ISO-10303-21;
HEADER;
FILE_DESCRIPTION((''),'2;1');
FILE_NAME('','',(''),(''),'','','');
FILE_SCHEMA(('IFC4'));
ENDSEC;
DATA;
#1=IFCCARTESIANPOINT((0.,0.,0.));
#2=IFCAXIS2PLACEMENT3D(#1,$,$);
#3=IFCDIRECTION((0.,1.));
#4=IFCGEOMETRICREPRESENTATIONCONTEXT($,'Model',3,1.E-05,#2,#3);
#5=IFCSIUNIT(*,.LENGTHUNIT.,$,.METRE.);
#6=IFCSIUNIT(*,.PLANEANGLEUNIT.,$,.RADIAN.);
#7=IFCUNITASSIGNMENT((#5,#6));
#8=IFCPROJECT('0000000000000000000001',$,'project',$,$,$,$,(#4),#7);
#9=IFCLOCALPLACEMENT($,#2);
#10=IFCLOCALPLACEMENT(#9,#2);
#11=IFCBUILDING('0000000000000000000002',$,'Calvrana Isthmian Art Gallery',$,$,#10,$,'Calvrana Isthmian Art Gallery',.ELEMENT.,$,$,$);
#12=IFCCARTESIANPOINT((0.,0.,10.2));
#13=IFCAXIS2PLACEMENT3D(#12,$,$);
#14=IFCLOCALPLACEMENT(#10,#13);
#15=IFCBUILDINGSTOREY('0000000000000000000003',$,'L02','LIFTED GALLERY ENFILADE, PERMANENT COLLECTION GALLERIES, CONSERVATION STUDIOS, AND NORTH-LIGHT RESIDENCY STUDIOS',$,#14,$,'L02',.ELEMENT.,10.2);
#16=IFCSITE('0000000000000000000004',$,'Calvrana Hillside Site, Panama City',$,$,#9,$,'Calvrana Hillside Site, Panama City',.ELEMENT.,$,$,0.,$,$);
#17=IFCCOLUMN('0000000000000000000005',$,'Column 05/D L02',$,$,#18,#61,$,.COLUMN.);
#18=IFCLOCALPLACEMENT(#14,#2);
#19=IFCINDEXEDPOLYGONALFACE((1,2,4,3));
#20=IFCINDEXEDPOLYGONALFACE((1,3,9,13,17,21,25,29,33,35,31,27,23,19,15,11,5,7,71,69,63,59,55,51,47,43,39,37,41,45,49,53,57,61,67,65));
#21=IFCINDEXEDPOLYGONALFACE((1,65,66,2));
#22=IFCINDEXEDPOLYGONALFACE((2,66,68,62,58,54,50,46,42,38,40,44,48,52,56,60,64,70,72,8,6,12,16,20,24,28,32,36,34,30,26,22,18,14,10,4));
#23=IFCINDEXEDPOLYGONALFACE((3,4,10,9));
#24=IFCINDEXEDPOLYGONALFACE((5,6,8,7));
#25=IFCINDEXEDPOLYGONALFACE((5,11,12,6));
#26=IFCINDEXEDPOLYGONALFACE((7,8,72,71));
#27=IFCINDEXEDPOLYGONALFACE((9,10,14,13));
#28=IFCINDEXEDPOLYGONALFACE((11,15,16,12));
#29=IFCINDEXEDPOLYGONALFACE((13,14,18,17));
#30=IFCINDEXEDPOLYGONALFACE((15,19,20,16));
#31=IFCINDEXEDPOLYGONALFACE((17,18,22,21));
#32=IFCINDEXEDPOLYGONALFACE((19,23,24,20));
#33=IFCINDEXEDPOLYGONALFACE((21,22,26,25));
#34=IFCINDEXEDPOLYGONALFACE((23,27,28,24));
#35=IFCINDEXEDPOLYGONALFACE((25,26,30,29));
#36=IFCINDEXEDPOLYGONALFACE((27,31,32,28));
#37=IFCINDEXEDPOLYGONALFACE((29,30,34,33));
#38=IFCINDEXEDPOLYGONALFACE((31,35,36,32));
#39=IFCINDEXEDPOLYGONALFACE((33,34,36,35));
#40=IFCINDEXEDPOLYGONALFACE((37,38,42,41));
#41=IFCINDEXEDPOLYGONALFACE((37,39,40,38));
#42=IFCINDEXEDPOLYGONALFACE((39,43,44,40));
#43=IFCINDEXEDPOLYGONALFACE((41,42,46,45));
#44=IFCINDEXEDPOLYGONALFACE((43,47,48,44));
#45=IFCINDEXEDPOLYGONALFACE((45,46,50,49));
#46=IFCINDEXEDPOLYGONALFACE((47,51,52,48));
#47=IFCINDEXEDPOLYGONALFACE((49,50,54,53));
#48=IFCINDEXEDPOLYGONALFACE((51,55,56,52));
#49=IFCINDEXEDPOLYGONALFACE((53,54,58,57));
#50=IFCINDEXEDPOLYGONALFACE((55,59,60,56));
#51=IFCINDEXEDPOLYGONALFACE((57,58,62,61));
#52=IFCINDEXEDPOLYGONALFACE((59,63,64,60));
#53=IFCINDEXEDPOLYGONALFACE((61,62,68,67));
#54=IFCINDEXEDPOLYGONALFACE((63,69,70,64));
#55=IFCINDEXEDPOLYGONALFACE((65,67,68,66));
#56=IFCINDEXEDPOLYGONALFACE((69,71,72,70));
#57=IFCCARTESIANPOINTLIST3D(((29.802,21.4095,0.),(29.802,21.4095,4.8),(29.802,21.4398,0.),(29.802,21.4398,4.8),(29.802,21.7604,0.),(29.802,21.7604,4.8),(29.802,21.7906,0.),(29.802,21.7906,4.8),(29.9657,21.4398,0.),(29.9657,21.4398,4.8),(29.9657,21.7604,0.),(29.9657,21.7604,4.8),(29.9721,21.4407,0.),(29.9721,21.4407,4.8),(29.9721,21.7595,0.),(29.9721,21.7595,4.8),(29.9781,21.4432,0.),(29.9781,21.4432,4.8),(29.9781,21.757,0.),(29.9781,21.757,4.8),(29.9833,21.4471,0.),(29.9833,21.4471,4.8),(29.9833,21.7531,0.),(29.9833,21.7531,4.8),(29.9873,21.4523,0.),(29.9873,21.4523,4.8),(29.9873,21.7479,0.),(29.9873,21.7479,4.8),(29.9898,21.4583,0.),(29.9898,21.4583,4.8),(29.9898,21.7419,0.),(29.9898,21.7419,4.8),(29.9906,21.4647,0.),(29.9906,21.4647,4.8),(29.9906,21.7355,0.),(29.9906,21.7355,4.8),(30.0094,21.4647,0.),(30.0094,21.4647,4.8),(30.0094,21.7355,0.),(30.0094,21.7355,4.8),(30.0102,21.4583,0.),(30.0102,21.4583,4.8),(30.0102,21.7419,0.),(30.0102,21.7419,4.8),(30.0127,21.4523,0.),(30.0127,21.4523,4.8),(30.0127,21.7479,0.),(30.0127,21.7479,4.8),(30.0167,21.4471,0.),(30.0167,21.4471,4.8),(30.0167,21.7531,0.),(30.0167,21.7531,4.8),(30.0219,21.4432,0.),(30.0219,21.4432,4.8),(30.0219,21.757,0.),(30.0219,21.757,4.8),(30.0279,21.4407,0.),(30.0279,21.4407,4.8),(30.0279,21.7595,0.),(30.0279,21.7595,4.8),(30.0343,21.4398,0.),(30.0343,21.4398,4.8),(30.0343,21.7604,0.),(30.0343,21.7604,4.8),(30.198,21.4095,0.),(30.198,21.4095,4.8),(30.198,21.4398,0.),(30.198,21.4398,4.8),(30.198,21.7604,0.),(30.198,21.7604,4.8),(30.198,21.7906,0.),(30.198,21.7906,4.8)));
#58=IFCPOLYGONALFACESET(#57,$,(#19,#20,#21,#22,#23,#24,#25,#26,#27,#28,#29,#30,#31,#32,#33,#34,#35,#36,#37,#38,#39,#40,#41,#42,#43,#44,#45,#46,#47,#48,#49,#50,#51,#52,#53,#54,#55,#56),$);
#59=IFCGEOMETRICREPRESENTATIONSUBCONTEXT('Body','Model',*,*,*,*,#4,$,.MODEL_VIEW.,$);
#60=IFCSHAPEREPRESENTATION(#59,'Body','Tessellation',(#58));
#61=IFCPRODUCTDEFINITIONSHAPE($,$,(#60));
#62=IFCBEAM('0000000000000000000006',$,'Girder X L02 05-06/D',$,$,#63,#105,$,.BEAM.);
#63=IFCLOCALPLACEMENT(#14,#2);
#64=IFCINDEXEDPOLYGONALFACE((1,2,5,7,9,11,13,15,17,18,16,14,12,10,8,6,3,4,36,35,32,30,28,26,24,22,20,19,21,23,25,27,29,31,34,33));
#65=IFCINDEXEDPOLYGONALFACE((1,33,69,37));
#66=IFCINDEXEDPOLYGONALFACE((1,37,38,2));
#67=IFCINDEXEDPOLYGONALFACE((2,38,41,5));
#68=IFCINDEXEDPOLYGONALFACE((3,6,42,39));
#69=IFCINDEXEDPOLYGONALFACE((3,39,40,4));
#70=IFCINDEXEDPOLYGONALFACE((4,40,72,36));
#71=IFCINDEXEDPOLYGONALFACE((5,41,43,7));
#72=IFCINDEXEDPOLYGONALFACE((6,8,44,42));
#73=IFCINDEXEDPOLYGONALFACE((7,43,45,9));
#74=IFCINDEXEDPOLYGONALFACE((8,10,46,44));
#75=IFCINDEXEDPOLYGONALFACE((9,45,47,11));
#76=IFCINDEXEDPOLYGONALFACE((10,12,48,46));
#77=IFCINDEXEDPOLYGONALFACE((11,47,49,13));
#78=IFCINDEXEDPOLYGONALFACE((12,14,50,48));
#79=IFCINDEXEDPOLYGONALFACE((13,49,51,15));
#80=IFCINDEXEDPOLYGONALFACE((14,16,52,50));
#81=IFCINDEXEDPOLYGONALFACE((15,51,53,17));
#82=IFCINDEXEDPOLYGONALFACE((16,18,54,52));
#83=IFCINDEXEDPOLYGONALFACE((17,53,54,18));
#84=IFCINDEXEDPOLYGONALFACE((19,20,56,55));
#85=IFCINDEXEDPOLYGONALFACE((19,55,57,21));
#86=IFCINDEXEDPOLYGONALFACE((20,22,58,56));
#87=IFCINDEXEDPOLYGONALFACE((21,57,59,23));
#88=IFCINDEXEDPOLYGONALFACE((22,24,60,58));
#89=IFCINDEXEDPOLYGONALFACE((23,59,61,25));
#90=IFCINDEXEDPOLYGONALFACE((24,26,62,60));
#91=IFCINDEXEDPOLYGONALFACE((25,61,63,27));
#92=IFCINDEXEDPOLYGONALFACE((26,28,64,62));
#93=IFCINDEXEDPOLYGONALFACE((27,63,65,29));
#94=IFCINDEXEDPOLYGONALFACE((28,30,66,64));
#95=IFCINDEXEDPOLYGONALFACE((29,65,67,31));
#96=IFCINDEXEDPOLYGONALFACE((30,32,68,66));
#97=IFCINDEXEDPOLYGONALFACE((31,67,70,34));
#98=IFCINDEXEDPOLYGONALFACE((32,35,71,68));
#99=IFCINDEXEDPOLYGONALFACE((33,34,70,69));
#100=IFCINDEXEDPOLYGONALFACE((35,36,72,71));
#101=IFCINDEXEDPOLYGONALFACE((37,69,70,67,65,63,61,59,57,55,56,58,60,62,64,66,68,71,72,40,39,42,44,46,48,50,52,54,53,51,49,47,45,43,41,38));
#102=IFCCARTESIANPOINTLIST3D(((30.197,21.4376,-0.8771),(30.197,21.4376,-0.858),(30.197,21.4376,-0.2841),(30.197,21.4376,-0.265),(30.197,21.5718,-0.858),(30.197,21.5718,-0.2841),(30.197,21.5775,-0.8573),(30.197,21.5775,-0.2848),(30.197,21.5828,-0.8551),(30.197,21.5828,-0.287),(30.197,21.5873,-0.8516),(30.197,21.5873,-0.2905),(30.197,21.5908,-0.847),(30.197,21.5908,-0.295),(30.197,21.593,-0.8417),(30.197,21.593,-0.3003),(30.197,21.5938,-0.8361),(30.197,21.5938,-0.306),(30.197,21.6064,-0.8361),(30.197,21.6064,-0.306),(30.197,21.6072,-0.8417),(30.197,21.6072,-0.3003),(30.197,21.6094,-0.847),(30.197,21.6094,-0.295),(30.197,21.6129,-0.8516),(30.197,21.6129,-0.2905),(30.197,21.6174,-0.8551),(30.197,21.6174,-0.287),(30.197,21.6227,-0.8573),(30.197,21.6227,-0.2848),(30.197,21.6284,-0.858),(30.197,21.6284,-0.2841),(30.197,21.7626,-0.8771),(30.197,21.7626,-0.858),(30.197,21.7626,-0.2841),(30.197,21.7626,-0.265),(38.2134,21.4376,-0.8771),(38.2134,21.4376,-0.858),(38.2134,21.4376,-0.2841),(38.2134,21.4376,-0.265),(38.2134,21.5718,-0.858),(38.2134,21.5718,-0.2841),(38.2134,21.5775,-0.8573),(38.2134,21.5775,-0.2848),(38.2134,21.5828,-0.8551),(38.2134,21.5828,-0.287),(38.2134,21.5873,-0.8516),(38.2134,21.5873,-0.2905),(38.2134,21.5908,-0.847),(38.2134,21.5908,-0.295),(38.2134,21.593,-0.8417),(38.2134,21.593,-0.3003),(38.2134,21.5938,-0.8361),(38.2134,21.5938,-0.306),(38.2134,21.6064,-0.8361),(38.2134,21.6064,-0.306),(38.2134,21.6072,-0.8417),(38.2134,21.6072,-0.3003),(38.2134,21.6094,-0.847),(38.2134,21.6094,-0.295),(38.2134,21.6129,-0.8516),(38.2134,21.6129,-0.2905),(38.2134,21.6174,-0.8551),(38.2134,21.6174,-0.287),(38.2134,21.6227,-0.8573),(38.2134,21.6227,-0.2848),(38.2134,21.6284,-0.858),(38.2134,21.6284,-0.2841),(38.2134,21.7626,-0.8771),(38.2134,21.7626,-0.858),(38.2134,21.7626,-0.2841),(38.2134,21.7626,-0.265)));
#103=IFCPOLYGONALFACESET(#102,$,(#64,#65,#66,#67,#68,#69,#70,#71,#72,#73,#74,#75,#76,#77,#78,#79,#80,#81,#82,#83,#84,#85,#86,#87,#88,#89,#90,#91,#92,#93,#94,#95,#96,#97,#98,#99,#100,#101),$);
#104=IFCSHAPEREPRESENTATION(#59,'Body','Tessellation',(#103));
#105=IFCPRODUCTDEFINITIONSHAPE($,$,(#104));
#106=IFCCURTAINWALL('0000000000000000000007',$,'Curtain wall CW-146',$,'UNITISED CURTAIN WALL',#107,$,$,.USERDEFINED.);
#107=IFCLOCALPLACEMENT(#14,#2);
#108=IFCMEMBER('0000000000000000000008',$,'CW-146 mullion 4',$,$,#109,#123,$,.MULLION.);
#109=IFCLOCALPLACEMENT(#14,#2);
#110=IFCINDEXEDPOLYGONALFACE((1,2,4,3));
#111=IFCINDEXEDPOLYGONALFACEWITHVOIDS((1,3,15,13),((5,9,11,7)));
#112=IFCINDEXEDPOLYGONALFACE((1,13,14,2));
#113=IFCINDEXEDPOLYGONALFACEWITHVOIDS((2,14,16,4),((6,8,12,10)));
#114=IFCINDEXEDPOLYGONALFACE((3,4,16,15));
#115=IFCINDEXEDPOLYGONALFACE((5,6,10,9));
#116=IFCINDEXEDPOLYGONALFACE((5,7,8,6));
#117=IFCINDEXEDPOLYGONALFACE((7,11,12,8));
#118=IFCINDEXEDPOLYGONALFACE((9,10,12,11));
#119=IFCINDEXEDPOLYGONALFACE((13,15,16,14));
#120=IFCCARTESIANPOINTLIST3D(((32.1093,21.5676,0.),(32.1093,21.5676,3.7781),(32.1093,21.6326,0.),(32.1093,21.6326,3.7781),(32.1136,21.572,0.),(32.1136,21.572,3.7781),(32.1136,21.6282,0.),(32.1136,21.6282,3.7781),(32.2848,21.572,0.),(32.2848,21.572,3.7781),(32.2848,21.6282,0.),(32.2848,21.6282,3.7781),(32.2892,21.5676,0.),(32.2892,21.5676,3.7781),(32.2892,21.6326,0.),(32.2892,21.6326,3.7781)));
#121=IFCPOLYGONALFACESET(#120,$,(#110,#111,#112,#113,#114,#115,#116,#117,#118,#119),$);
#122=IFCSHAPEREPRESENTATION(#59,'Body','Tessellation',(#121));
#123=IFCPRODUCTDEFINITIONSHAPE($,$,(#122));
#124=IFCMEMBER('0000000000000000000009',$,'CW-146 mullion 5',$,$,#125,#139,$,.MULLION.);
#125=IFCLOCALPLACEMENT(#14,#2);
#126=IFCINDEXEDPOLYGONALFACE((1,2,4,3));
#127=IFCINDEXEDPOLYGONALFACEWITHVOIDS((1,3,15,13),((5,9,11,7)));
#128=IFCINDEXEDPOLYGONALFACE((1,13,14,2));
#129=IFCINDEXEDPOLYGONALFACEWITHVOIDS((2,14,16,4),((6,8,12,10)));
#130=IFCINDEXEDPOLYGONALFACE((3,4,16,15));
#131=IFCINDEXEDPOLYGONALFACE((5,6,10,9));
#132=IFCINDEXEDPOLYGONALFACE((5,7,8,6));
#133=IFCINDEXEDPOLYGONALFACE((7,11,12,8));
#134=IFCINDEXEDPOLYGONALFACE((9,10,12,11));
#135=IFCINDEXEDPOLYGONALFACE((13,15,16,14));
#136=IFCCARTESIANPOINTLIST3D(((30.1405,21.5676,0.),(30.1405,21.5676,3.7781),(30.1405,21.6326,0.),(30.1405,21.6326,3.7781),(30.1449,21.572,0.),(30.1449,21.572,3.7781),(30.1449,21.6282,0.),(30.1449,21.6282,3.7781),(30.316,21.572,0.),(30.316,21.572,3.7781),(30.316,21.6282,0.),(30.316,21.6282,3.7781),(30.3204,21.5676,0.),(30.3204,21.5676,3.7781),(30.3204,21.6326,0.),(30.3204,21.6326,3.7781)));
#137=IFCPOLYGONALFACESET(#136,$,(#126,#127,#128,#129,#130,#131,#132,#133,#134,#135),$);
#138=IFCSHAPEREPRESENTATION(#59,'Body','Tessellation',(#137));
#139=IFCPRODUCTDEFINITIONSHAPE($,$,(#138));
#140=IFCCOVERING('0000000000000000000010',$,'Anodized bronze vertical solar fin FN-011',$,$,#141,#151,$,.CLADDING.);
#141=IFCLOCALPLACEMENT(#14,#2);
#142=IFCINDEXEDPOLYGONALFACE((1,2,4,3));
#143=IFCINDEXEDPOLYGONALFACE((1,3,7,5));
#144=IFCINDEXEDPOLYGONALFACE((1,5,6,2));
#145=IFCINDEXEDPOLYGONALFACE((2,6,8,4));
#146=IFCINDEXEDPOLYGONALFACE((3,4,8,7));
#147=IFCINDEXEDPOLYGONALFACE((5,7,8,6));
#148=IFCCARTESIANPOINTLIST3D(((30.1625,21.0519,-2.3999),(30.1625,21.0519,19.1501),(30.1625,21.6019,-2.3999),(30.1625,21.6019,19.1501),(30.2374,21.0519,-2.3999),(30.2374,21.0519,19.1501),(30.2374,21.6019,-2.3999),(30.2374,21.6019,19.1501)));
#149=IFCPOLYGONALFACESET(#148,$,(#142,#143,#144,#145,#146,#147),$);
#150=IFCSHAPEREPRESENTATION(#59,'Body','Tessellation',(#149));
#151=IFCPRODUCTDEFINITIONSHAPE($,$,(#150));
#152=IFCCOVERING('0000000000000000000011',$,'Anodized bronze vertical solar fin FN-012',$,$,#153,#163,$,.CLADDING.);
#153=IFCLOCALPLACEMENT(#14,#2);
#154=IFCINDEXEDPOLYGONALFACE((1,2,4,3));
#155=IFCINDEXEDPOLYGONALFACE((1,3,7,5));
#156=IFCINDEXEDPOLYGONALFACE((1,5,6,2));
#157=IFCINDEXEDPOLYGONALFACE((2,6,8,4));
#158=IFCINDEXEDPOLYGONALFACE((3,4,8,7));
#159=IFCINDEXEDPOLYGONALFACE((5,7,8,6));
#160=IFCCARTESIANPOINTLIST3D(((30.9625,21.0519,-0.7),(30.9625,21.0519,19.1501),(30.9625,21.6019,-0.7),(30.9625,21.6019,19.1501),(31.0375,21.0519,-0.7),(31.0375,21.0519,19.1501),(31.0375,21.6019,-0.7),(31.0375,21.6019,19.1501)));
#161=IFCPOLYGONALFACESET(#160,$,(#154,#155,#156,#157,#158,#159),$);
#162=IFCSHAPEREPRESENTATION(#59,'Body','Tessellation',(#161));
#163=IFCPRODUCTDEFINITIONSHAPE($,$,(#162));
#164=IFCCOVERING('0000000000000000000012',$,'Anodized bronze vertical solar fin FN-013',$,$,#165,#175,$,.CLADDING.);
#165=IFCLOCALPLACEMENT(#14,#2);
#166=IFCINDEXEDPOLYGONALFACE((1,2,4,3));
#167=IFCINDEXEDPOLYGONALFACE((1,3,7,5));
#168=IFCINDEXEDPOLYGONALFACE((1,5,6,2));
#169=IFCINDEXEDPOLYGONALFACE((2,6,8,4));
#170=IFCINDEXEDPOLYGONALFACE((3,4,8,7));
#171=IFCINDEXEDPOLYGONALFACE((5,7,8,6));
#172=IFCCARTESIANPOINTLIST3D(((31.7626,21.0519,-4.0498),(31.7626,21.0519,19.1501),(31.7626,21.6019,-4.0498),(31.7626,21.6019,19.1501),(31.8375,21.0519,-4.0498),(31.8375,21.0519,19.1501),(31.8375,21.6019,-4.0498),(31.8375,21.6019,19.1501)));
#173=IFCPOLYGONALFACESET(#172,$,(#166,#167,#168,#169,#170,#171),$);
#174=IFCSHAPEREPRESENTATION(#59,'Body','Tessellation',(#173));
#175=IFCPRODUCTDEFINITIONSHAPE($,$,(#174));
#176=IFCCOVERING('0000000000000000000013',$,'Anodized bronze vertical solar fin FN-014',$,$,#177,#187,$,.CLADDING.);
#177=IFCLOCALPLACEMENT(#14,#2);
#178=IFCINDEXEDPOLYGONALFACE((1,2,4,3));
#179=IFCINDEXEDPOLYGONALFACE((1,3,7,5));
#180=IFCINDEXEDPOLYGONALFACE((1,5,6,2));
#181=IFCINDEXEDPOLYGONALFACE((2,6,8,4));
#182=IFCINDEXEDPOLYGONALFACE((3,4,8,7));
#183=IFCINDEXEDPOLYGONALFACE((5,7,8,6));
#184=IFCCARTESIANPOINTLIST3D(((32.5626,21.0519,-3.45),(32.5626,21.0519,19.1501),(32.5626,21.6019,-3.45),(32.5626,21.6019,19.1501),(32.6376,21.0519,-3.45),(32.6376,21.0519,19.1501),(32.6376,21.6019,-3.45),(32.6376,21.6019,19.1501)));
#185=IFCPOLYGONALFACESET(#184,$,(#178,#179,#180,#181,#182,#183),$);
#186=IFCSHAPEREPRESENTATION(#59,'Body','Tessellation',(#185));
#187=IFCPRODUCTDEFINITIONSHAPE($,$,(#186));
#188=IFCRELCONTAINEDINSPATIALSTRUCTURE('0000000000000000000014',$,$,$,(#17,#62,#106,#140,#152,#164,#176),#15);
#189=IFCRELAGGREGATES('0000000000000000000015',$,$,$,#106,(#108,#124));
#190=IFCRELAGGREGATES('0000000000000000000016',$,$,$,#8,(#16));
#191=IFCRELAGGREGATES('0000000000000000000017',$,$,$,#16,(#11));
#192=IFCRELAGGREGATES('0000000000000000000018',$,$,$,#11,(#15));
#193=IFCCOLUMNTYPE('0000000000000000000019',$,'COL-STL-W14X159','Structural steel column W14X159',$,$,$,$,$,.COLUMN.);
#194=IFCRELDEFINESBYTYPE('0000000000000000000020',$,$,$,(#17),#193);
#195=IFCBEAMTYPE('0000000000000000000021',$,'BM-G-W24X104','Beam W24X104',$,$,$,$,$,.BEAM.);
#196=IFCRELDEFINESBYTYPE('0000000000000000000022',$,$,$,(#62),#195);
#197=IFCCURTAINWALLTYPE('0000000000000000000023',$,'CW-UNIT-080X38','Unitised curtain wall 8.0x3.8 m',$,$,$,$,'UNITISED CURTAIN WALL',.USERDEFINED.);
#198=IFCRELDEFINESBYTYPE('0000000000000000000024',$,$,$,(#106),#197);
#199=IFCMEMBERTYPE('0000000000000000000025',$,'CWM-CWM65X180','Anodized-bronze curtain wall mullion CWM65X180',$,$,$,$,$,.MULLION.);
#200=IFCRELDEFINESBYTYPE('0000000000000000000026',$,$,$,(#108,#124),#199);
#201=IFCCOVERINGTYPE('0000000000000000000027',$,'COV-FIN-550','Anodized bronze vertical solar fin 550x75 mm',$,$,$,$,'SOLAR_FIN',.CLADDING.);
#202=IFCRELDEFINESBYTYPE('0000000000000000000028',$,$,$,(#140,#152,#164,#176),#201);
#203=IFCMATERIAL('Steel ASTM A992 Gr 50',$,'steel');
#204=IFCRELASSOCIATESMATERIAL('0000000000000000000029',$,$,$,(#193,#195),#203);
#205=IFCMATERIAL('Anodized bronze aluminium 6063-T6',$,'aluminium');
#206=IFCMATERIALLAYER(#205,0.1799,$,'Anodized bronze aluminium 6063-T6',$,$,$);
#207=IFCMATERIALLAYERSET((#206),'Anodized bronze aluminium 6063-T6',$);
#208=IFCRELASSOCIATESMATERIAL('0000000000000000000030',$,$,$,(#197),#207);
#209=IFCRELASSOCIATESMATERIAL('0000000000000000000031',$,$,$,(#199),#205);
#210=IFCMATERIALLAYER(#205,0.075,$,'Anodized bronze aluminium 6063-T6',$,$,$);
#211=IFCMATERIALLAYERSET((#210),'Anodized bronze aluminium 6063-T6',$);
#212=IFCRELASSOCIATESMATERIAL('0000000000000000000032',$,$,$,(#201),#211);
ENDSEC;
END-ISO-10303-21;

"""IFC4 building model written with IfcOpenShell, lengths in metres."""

from ifc_helpers import new_model, si_unit, direction, frame, origin, origin_2d, place, context, subcontext, project, spatial, rectangle, hollow_rectangle, i_section, extrude, material, layer, layer_set, material_profile, profile_set, type_object, element, aggregate, save


model = new_model("IFC4")

# Units and contexts
model_context = context("Model", 3, precision=1e-05, world=origin(), true_north=direction((0.0, 1.0)))
body_context = subcontext(model_context, "Body", "Model", "MODEL_VIEW")
ifc_project = project(units=[si_unit("LENGTHUNIT", "METRE"), si_unit("PLANEANGLEUNIT", "RADIAN")], contexts=[model_context])

# Site, building, storey
site_placement = place(None, origin())
site = spatial("IfcSite", under=ifc_project, at=site_placement, Name="Calvrana Hillside Site, Panama City", LongName="Calvrana Hillside Site, Panama City", CompositionType="ELEMENT", RefElevation=0.0)
building_placement = place(site_placement, origin())
building = spatial("IfcBuilding", under=site, at=building_placement, Name="Calvrana Isthmian Art Gallery", LongName="Calvrana Isthmian Art Gallery", CompositionType="ELEMENT")
storey_placement = place(building_placement, frame((0.0, 0.0, 10.2)))
storey = spatial("IfcBuildingStorey", under=building, at=storey_placement, Name="L02", Description="LIFTED GALLERY ENFILADE, PERMANENT COLLECTION GALLERIES, CONSERVATION STUDIOS, AND NORTH-LIGHT RESIDENCY STUDIOS", LongName="L02", CompositionType="ELEMENT", Elevation=10.2)

# Column
ifc_material_1 = material(Name="Steel ASTM A992 Gr 50", Category="steel")
ifc_material_profile_1 = material_profile(ifc_material_1, i_section(OverallWidth=0.396, OverallDepth=0.3811, WebThickness=0.0188, FlangeThickness=0.0303, FilletRadius=0.0249, at=origin_2d()), Name="W14X159")
ifc_profile_set_1 = profile_set([ifc_material_profile_1], Name="Steel ASTM A992 Gr 50")
column_type = type_object("IfcColumnType", Name="COL-STL-W14X159", Description="Structural steel column W14X159", PredefinedType="COLUMN", material=ifc_profile_set_1)
column_placement = place(storey_placement, frame((30.0, 21.6001, 0.0), z_axis=(0.0, 0.0, 1.0), x_axis=(1.0, 0.0, 0.0)))
element("IfcColumn", 1, at=column_placement, inside=storey, type_object=column_type, Name="Column 05/D L02", PredefinedType="COLUMN", context=body_context, shape_type="SweptSolid", body=[
    extrude(i_section(OverallWidth=0.396, OverallDepth=0.3811, WebThickness=0.0188, FlangeThickness=0.0303, FilletRadius=0.0249, at=origin_2d()), origin(), (0.0, 0.0, 1.0), 4.8),
])

# Beam
ifc_material_profile_2 = material_profile(ifc_material_1, i_section(OverallWidth=0.325, OverallDepth=0.6121, WebThickness=0.0127, FlangeThickness=0.019, FilletRadius=0.022, at=origin_2d()), Name="W24X104")
ifc_profile_set_2 = profile_set([ifc_material_profile_2], Name="Steel ASTM A992 Gr 50")
beam_type = type_object("IfcBeamType", Name="BM-G-W24X104", Description="Beam W24X104", PredefinedType="BEAM", material=ifc_profile_set_2)
beam_placement = place(storey_placement, frame((30.197, 21.6001, -0.571), z_axis=(1.0, 0.0, 0.0), x_axis=(0.0, 1.0, 0.0)))
element("IfcBeam", 2, at=beam_placement, inside=storey, type_object=beam_type, Name="Girder X L02 05-06/D", PredefinedType="BEAM", context=body_context, shape_type="SweptSolid", body=[
    extrude(i_section(OverallWidth=0.325, OverallDepth=0.6121, WebThickness=0.0127, FlangeThickness=0.019, FilletRadius=0.022, at=origin_2d()), origin(), (0.0, 0.0, 1.0), 8.0164),
])

# Curtain wall, members
ifc_material_2 = material(Name="Anodized bronze aluminium 6063-T6", Category="aluminium")
ifc_layer_1 = layer(ifc_material_2, 0.1799, Name="Anodized bronze aluminium 6063-T6")
ifc_layer_set_1 = layer_set([ifc_layer_1], Name="Anodized bronze aluminium 6063-T6")
curtain_wall_type = type_object("IfcCurtainWallType", Name="CW-UNIT-080X38", Description="Unitised curtain wall 8.0x3.8 m", ElementType="UNITISED CURTAIN WALL", PredefinedType="USERDEFINED", material=ifc_layer_set_1)
curtain_wall_placement = place(storey_placement, origin())
curtain_wall = element("IfcCurtainWall", 3, at=curtain_wall_placement, inside=storey, type_object=curtain_wall_type, Name="Curtain wall CW-146", ObjectType="UNITISED CURTAIN WALL", PredefinedType="USERDEFINED")
ifc_material_profile_3 = material_profile(ifc_material_2, hollow_rectangle(XDim=0.0649, YDim=0.1799, WallThickness=0.0044, at=origin_2d()), Name="CWM65X180")
ifc_profile_set_3 = profile_set([ifc_material_profile_3], Name="Anodized bronze aluminium 6063-T6")
member_type = type_object("IfcMemberType", Name="CWM-CWM65X180", Description="Anodized-bronze curtain wall mullion CWM65X180", PredefinedType="MULLION", material=ifc_profile_set_3)
member_1_placement = place(storey_placement, frame((32.1992, 21.6001, 0.0), z_axis=(0.0, 0.0, 1.0), x_axis=(0.0, -1.0, 0.0)))
member_1 = element("IfcMember", 4, at=member_1_placement, type_object=member_type, Name="CW-146 mullion 4", PredefinedType="MULLION", context=body_context, shape_type="SweptSolid", body=[
    extrude(hollow_rectangle(XDim=0.0649, YDim=0.1799, WallThickness=0.0044, at=origin_2d()), origin(), (0.0, 0.0, 1.0), 3.7781),
])
member_2_placement = place(storey_placement, frame((30.2305, 21.6001, 0.0), z_axis=(0.0, 0.0, 1.0), x_axis=(0.0, -1.0, 0.0)))
member_2 = element("IfcMember", 5, at=member_2_placement, type_object=member_type, Name="CW-146 mullion 5", PredefinedType="MULLION", context=body_context, shape_type="SweptSolid", body=[
    extrude(hollow_rectangle(XDim=0.0649, YDim=0.1799, WallThickness=0.0044, at=origin_2d()), origin(), (0.0, 0.0, 1.0), 3.7781),
])
aggregate(curtain_wall, [member_1, member_2])

# Coverings
ifc_layer_2 = layer(ifc_material_2, 0.075, Name="Anodized bronze aluminium 6063-T6")
ifc_layer_set_2 = layer_set([ifc_layer_2], Name="Anodized bronze aluminium 6063-T6")
covering_type = type_object("IfcCoveringType", Name="COV-FIN-550", Description="Anodized bronze vertical solar fin 550x75 mm", ElementType="SOLAR_FIN", PredefinedType="CLADDING", material=ifc_layer_set_2)
covering_1_placement = place(storey_placement, frame((30.2, 21.3269, -2.3999), z_axis=(0.0, 0.0, 1.0), x_axis=(1.0, 0.0, 0.0)))
element("IfcCovering", 6, at=covering_1_placement, inside=storey, type_object=covering_type, Name="Anodized bronze vertical solar fin FN-011", PredefinedType="CLADDING", context=body_context, shape_type="SweptSolid", body=[
    extrude(rectangle(XDim=0.075, YDim=0.55, at=origin_2d()), origin(), (0.0, 0.0, 1.0), 21.55),
])
covering_2_placement = place(storey_placement, frame((31.0, 21.3269, -0.7), z_axis=(0.0, 0.0, 1.0), x_axis=(1.0, 0.0, 0.0)))
element("IfcCovering", 7, at=covering_2_placement, inside=storey, type_object=covering_type, Name="Anodized bronze vertical solar fin FN-012", PredefinedType="CLADDING", context=body_context, shape_type="SweptSolid", body=[
    extrude(rectangle(XDim=0.075, YDim=0.55, at=origin_2d()), origin(), (0.0, 0.0, 1.0), 19.8501),
])
covering_3_placement = place(storey_placement, frame((31.8, 21.3269, -4.0498), z_axis=(0.0, 0.0, 1.0), x_axis=(1.0, 0.0, 0.0)))
element("IfcCovering", 8, at=covering_3_placement, inside=storey, type_object=covering_type, Name="Anodized bronze vertical solar fin FN-013", PredefinedType="CLADDING", context=body_context, shape_type="SweptSolid", body=[
    extrude(rectangle(XDim=0.075, YDim=0.55, at=origin_2d()), origin(), (0.0, 0.0, 1.0), 23.2),
])
covering_4_placement = place(storey_placement, frame((32.6001, 21.3269, -3.45), z_axis=(0.0, 0.0, 1.0), x_axis=(1.0, 0.0, 0.0)))
element("IfcCovering", 9, at=covering_4_placement, inside=storey, type_object=covering_type, Name="Anodized bronze vertical solar fin FN-014", PredefinedType="CLADDING", context=body_context, shape_type="SweptSolid", body=[
    extrude(rectangle(XDim=0.075, YDim=0.55, at=origin_2d()), origin(), (0.0, 0.0, 1.0), 22.6001),
])

save(model, "model.ifc")
